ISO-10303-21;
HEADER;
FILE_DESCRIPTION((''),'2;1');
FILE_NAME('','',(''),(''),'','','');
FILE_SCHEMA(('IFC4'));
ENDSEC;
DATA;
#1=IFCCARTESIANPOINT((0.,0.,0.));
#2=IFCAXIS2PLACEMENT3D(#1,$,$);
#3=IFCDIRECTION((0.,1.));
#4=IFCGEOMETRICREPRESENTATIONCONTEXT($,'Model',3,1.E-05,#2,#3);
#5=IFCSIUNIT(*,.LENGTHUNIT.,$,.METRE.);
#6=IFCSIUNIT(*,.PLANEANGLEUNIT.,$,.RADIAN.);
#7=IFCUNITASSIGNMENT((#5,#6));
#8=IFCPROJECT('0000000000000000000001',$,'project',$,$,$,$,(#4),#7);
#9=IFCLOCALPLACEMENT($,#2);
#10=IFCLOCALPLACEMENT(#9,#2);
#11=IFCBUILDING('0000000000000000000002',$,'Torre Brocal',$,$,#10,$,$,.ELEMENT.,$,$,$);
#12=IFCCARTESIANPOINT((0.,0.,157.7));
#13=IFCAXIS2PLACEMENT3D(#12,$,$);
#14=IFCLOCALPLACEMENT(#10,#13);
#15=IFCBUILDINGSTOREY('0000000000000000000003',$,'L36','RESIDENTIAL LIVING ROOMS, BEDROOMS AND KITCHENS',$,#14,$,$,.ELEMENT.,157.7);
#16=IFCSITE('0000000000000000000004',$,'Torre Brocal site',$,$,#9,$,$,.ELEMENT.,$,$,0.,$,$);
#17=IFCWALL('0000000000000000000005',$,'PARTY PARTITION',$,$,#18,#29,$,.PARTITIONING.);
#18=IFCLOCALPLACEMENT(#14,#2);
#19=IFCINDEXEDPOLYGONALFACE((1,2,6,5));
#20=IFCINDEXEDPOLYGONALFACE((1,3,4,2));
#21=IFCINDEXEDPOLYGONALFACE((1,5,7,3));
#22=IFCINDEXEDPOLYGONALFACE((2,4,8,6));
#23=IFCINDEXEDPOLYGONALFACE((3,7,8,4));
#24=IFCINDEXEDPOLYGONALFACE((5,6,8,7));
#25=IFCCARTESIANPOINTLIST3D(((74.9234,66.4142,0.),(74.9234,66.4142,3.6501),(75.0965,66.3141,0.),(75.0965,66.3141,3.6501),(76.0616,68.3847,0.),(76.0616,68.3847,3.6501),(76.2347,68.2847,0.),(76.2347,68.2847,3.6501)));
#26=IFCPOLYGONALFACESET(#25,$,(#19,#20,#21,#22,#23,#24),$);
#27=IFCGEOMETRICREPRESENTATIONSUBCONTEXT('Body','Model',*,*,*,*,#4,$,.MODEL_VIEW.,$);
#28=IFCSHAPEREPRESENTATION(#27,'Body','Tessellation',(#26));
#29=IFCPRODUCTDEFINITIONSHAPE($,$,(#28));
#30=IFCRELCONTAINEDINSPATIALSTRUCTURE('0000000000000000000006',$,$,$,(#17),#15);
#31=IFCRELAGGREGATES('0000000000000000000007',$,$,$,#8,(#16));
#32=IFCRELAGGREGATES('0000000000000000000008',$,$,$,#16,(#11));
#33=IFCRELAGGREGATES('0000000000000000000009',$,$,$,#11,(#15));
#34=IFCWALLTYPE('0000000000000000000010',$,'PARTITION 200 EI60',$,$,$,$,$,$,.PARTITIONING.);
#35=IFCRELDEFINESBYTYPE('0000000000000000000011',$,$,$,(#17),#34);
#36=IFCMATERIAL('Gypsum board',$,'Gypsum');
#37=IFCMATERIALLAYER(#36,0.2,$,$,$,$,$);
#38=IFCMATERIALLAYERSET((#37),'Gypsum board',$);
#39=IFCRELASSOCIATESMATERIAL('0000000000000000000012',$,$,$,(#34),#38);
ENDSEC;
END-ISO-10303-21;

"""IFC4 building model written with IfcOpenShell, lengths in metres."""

from ifc_helpers import new_model, si_unit, direction, frame, frame_2d, origin, place, context, subcontext, project, spatial, rectangle, extrude, material, layer, layer_set, type_object, element, save


model = new_model("IFC4")

# Units and contexts
model_context = context("Model", 3, precision=1e-05, world=origin(), true_north=direction((0.0, 1.0)))
body_context = subcontext(model_context, "Body", "Model", "MODEL_VIEW")
ifc_project = project(units=[si_unit("LENGTHUNIT", "METRE"), si_unit("PLANEANGLEUNIT", "RADIAN")], contexts=[model_context])

# Site, building, storey
site_placement = place(None, origin())
site = spatial("IfcSite", under=ifc_project, at=site_placement, Name="Torre Brocal site", CompositionType="ELEMENT", RefElevation=0.0)
building_placement = place(site_placement, origin())
building = spatial("IfcBuilding", under=site, at=building_placement, Name="Torre Brocal", CompositionType="ELEMENT")
storey_placement = place(building_placement, frame((0.0, 0.0, 157.7)))
storey = spatial("IfcBuildingStorey", under=building, at=storey_placement, Name="L36", Description="RESIDENTIAL LIVING ROOMS, BEDROOMS AND KITCHENS", CompositionType="ELEMENT", Elevation=157.7)

# Shared definitions
ifc_material_1 = material(Name="Gypsum board", Category="Gypsum")
ifc_layer_1 = layer(ifc_material_1, 0.2)
ifc_layer_set_1 = layer_set([ifc_layer_1], Name="Gypsum board")
wall_type_1 = type_object("IfcWallType", Name="PARTITION 200 EI60", PredefinedType="PARTITIONING", material=ifc_layer_set_1)

# Wall
wall_1_placement = place(storey_placement, frame((75.01, 66.3643, 0.0), z_axis=(0.0, 0.0, 1.0), x_axis=(0.500177, 0.865923, 0.0)))
element("IfcWall", 1, at=wall_1_placement, inside=storey, type_object=wall_type_1, Name="PARTY PARTITION", PredefinedType="PARTITIONING", context=body_context, shape_type="SweptSolid", body=[
    extrude(rectangle(XDim=2.2756, YDim=0.2, at=frame_2d((1.1377, 0.0))), origin(), (0.0, 0.0, 1.0), 3.6501),
])

save(model, "model.ifc")
